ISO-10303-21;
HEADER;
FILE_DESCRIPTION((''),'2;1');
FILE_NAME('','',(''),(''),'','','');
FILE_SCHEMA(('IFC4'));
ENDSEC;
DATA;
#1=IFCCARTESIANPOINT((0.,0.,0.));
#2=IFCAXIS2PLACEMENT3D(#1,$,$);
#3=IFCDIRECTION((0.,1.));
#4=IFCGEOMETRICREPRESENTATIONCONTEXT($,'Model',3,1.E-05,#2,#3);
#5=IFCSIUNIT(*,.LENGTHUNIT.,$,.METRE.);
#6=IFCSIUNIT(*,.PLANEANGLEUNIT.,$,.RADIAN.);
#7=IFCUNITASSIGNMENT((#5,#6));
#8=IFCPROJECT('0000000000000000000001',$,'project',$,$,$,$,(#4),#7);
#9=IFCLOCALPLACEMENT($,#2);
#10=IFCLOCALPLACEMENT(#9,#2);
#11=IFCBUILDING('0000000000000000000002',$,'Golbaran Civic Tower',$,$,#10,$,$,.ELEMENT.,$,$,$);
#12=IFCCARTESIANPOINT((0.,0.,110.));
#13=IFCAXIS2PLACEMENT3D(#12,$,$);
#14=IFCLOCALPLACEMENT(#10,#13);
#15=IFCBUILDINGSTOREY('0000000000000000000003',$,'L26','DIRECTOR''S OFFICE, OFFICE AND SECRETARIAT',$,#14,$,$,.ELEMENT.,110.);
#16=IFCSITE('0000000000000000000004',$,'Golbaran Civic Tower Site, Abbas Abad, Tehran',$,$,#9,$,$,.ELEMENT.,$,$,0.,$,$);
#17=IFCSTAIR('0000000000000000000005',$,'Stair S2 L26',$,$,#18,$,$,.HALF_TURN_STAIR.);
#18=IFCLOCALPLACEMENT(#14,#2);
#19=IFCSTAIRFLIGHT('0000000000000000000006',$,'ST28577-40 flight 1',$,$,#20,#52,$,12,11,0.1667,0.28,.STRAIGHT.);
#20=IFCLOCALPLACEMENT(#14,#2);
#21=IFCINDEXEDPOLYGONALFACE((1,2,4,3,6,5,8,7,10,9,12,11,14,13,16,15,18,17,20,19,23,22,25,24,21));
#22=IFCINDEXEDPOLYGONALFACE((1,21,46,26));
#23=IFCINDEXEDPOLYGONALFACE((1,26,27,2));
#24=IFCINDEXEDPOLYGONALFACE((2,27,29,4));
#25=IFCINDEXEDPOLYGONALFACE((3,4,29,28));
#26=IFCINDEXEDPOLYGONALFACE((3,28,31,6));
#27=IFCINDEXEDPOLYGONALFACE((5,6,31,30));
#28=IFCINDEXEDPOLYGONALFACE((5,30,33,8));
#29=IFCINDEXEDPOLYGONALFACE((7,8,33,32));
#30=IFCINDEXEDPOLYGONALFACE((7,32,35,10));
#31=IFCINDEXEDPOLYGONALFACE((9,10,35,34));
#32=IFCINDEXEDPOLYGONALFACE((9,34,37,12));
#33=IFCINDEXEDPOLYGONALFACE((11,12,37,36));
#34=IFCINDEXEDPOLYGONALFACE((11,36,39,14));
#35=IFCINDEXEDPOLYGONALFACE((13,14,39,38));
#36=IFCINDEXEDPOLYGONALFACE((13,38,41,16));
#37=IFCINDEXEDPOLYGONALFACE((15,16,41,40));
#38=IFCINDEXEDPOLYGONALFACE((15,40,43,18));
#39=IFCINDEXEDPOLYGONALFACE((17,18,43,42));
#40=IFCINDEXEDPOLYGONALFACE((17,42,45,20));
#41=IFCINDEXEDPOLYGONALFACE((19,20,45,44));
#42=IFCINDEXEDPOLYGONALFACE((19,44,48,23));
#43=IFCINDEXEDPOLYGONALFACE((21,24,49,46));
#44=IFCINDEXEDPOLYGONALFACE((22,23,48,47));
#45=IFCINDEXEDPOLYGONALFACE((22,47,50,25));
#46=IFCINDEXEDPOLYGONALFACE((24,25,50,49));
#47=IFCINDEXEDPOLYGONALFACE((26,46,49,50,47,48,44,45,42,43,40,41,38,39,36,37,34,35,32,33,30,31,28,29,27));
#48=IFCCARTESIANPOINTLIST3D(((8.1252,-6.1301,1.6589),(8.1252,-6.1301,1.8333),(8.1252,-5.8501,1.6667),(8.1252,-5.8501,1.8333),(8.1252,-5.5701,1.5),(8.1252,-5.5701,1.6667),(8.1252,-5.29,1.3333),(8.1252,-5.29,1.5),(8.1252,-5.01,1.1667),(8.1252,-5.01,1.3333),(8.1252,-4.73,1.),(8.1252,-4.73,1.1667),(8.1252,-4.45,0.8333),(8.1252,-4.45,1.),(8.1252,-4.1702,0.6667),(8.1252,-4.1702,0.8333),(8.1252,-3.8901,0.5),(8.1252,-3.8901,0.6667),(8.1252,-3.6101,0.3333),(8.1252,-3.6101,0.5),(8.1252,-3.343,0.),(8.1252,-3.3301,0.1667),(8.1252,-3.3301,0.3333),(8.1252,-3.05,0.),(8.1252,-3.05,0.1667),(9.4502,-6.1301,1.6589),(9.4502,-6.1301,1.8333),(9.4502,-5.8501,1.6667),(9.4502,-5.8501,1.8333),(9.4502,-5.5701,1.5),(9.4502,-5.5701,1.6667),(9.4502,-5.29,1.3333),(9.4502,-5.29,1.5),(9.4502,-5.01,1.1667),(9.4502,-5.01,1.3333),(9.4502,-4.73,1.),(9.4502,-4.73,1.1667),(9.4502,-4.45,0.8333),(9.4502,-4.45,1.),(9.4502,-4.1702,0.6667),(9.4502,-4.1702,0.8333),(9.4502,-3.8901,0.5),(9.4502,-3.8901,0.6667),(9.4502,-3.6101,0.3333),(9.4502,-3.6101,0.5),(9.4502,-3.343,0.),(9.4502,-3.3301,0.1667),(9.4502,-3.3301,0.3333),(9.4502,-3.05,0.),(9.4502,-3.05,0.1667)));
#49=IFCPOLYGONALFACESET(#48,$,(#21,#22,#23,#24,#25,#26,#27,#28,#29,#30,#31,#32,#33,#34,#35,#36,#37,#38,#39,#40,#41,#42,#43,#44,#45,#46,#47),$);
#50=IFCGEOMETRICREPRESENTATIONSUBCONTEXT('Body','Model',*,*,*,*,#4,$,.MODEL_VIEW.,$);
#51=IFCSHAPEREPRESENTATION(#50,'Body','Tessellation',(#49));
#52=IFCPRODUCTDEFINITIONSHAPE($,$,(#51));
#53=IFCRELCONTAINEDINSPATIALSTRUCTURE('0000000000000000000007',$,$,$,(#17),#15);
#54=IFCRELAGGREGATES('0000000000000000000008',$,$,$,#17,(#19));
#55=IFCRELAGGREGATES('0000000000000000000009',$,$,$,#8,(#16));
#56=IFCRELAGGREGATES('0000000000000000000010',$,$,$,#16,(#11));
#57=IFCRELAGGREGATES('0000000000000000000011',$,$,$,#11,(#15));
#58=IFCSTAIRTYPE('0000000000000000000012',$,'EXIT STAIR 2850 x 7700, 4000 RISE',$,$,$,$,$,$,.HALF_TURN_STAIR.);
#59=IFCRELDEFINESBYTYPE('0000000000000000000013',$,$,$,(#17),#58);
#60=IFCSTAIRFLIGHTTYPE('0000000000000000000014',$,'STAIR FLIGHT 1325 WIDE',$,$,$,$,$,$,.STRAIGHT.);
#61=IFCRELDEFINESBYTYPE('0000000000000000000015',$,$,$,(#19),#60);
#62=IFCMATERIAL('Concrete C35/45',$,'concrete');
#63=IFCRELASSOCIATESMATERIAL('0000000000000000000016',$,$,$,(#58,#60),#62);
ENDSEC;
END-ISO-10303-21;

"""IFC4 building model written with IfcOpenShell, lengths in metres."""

from ifc_helpers import new_model, si_unit, direction, frame, origin, place, context, subcontext, project, spatial, polyline, outline, extrude, material, type_object, element, aggregate, save


model = new_model("IFC4")

# Units and contexts
model_context = context("Model", 3, precision=1e-05, world=origin(), true_north=direction((0.0, 1.0)))
body_context = subcontext(model_context, "Body", "Model", "MODEL_VIEW")
ifc_project = project(units=[si_unit("LENGTHUNIT", "METRE"), si_unit("PLANEANGLEUNIT", "RADIAN")], contexts=[model_context])

# Site, building, storey
site_placement = place(None, origin())
site = spatial("IfcSite", under=ifc_project, at=site_placement, Name="Golbaran Civic Tower Site, Abbas Abad, Tehran", CompositionType="ELEMENT", RefElevation=0.0)
building_placement = place(site_placement, origin())
building = spatial("IfcBuilding", under=site, at=building_placement, Name="Golbaran Civic Tower", CompositionType="ELEMENT")
storey_placement = place(building_placement, frame((0.0, 0.0, 110.0)))
storey = spatial("IfcBuildingStorey", under=building, at=storey_placement, Name="L26", Description="DIRECTOR'S OFFICE, OFFICE AND SECRETARIAT", CompositionType="ELEMENT", Elevation=110.0)

# Stair, stair flight
ifc_material_1 = material(Name="Concrete C35/45", Category="concrete")
stair_type = type_object("IfcStairType", Name="EXIT STAIR 2850 x 7700, 4000 RISE", PredefinedType="HALF_TURN_STAIR", material=ifc_material_1)
stair_placement = place(storey_placement, origin())
stair = element("IfcStair", 1, at=stair_placement, inside=storey, type_object=stair_type, Name="Stair S2 L26", PredefinedType="HALF_TURN_STAIR")
stair_flight_type = type_object("IfcStairFlightType", Name="STAIR FLIGHT 1325 WIDE", PredefinedType="STRAIGHT", material=ifc_material_1)
stair_flight_placement = place(storey_placement, frame((8.7876, -3.05, 0.0), z_axis=(0.0, 0.0, 1.0), x_axis=(0.0, -1.0, 0.0)))
stair_flight = element("IfcStairFlight", 2, at=stair_flight_placement, type_object=stair_flight_type, Name="ST28577-40 flight 1", NumberOfRisers=12, NumberOfTreads=11, PredefinedType="STRAIGHT", RiserHeight=0.1667, TreadLength=0.28, context=body_context, shape_type="SweptSolid", body=[
    extrude(outline(polyline([(0.0, 0.0), (0.0, 0.1667), (0.28, 0.1667), (0.28, 0.3333), (0.5601, 0.3333), (0.5601, 0.5), (0.8401, 0.5), (0.8401, 0.6667), (1.1201, 0.6667), (1.1201, 0.8333), (1.3999, 0.8333), (1.3999, 1.0), (1.6799, 1.0), (1.6799, 1.1667), (1.96, 1.1667), (1.96, 1.3333), (2.24, 1.3333), (2.24, 1.5), (2.52, 1.5), (2.52, 1.6667), (2.8, 1.6667), (2.8, 1.8333), (3.0801, 1.8333), (3.0801, 2.0), (3.0801, 1.6589), (0.293, 0.0), (0.0, 0.0)])), frame((0.0, 0.6626, 0.0), z_axis=(0.0, -1.0, 0.0), x_axis=(1.0, 0.0, 0.0)), (0.0, 0.0, 1.0), 1.325),
])
aggregate(stair, [stair_flight])

save(model, "model.ifc")
